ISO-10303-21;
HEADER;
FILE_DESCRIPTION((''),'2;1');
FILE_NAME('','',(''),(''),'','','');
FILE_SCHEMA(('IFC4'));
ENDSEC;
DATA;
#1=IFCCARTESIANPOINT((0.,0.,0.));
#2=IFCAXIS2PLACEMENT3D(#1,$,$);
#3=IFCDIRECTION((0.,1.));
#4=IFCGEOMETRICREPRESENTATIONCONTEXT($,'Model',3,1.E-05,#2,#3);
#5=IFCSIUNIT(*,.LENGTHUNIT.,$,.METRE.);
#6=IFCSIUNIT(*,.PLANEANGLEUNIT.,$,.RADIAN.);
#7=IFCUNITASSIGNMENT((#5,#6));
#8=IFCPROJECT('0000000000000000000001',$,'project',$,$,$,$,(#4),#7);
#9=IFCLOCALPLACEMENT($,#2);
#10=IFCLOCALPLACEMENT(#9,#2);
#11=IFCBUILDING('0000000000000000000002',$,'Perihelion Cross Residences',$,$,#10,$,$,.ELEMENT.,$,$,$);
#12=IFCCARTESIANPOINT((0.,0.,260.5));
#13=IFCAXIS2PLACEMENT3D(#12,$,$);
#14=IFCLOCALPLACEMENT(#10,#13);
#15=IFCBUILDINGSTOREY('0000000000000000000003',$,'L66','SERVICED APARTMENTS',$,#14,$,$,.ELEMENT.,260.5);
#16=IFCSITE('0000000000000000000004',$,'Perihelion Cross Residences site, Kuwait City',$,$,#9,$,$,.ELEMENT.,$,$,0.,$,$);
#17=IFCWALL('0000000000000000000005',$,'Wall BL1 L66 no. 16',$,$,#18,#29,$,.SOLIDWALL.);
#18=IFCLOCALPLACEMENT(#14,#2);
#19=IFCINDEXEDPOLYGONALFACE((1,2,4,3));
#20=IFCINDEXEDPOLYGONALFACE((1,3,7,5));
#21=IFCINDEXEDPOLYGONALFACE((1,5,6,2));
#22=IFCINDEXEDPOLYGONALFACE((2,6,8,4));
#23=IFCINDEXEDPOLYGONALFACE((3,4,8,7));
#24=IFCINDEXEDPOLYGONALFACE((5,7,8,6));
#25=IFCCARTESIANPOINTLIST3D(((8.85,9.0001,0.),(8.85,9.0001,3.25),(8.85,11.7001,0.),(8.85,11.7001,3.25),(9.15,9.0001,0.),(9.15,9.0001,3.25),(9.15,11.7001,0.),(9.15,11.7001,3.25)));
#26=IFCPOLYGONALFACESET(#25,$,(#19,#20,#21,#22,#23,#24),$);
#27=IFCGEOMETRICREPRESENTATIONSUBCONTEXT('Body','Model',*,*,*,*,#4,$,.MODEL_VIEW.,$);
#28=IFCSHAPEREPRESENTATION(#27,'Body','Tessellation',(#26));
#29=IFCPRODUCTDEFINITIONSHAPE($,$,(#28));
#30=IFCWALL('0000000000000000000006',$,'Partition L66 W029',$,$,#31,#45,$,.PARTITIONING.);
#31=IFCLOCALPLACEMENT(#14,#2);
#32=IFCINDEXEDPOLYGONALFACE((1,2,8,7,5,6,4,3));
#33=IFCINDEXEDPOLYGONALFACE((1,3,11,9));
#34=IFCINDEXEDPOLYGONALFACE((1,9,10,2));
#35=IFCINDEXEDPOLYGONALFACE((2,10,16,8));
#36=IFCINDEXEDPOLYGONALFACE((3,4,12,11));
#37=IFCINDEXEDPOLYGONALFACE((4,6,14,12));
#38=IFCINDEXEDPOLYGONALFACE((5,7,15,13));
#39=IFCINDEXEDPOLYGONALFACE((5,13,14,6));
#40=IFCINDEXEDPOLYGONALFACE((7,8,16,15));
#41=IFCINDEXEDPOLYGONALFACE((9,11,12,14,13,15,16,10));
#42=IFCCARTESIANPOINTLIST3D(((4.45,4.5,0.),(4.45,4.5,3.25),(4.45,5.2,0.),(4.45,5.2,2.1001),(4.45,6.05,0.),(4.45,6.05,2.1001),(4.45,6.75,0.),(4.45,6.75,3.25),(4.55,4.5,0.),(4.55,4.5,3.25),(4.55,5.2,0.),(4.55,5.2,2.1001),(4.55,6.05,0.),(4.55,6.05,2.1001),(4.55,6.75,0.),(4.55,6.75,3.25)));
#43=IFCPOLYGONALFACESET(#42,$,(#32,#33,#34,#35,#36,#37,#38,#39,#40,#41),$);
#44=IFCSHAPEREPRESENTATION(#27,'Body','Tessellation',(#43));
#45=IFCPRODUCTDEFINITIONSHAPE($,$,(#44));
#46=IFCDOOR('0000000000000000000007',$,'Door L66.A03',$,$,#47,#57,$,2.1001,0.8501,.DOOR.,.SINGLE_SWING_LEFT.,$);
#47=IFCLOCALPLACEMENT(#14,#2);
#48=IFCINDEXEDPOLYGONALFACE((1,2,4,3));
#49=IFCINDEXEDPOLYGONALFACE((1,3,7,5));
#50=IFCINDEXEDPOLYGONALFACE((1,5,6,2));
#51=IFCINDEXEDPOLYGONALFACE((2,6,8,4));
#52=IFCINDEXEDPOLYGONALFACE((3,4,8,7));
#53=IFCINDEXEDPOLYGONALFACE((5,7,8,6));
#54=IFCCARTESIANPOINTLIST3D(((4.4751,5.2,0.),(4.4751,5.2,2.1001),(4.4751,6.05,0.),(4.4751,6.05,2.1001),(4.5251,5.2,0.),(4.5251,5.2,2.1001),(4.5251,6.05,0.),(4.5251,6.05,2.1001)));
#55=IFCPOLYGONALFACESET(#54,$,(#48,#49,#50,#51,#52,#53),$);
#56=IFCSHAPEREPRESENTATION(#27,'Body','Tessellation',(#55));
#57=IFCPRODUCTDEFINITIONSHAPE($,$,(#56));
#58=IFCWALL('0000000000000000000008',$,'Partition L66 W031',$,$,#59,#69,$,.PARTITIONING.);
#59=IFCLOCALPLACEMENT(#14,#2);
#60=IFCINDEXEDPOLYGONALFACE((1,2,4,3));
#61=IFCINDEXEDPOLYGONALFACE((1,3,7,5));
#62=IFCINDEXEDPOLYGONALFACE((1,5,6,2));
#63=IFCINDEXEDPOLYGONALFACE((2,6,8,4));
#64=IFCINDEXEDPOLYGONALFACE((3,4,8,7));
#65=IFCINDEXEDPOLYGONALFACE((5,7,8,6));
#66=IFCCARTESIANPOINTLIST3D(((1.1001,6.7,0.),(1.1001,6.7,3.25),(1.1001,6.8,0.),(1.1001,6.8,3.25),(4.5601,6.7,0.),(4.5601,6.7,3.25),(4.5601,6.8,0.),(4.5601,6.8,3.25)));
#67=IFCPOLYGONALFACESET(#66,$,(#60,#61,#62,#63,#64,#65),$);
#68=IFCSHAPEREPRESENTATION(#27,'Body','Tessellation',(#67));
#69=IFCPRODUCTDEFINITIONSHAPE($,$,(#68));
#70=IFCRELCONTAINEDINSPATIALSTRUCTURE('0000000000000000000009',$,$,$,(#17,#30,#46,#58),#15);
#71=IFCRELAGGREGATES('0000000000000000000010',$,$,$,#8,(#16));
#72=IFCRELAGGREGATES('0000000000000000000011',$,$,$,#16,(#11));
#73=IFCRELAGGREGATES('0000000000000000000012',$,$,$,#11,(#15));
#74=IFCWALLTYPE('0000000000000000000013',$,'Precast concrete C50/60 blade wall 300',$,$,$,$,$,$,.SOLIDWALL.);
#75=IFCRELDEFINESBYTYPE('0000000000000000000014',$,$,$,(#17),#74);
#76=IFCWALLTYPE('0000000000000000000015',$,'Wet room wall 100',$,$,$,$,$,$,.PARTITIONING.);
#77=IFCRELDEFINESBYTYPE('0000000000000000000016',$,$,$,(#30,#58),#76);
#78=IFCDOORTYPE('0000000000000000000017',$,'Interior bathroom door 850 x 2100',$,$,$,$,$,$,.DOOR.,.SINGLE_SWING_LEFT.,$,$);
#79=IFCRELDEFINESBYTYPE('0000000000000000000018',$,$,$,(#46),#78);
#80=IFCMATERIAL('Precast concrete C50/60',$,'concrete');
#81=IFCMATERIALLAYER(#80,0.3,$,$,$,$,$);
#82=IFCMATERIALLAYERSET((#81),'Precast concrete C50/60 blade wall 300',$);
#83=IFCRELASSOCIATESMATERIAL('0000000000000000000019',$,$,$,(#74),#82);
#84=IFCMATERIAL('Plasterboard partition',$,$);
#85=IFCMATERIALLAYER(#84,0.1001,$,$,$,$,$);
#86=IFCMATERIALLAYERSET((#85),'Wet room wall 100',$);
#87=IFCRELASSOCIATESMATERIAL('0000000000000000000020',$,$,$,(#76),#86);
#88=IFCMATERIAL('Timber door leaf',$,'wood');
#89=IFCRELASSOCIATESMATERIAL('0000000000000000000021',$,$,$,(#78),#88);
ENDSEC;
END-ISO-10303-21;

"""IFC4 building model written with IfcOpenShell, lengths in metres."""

from ifc_helpers import new_model, si_unit, direction, frame, frame_2d, origin, place, context, subcontext, project, spatial, rectangle, extrude, material, layer, layer_set, type_object, element, fill, save


model = new_model("IFC4")

# Units and contexts
model_context = context("Model", 3, precision=1e-05, world=origin(), true_north=direction((0.0, 1.0)))
body_context = subcontext(model_context, "Body", "Model", "MODEL_VIEW")
ifc_project = project(units=[si_unit("LENGTHUNIT", "METRE"), si_unit("PLANEANGLEUNIT", "RADIAN")], contexts=[model_context])

# Site, building, storey
site_placement = place(None, origin())
site = spatial("IfcSite", under=ifc_project, at=site_placement, Name="Perihelion Cross Residences site, Kuwait City", CompositionType="ELEMENT", RefElevation=0.0)
building_placement = place(site_placement, origin())
building = spatial("IfcBuilding", under=site, at=building_placement, Name="Perihelion Cross Residences", CompositionType="ELEMENT")
storey_placement = place(building_placement, frame((0.0, 0.0, 260.5)))
storey = spatial("IfcBuildingStorey", under=building, at=storey_placement, Name="L66", Description="SERVICED APARTMENTS", CompositionType="ELEMENT", Elevation=260.5)

# Wall
ifc_material_1 = material(Name="Precast concrete C50/60", Category="concrete")
ifc_layer_1 = layer(ifc_material_1, 0.3)
ifc_layer_set_1 = layer_set([ifc_layer_1], Name="Precast concrete C50/60 blade wall 300")
wall_type_1 = type_object("IfcWallType", Name="Precast concrete C50/60 blade wall 300", PredefinedType="SOLIDWALL", material=ifc_layer_set_1)
for number, where, z_axis, x_axis, name in (
    (1, (9.0, 9.0, 0.0), (0.0, 0.0, 1.0), (0.0, 1.0, 0.0), "Wall BL1 L66 no. 16"),
):
    element("IfcWall", number, at=place(storey_placement, frame(where, z_axis=z_axis, x_axis=x_axis)), inside=storey, type_object=wall_type_1, Name=name, PredefinedType="SOLIDWALL", context=body_context, shape_type="SweptSolid", body=[
        extrude(rectangle(XDim=2.7, YDim=0.3, at=frame_2d((1.3501, 0.0))), origin(), (0.0, 0.0, 1.0), 3.25),
    ])

# Wall, opening, door
ifc_material_2 = material(Name="Plasterboard partition")
ifc_layer_2 = layer(ifc_material_2, 0.1001)
ifc_layer_set_2 = layer_set([ifc_layer_2], Name="Wet room wall 100")
wall_type_2 = type_object("IfcWallType", Name="Wet room wall 100", PredefinedType="PARTITIONING", material=ifc_layer_set_2)
wall_1_placement = place(storey_placement, frame((4.5, 4.5, 0.0), z_axis=(0.0, 0.0, 1.0), x_axis=(0.0, 1.0, 0.0)))
wall_1 = element("IfcWall", 2, at=wall_1_placement, inside=storey, type_object=wall_type_2, Name="Partition L66 W029", PredefinedType="PARTITIONING", context=body_context, shape_type="SweptSolid", body=[
    extrude(rectangle(XDim=2.25, YDim=0.1001, at=frame_2d((1.125, 0.0))), origin(), (0.0, 0.0, 1.0), 3.25),
])
opening_1_placement = place(wall_1_placement, frame((0.7, 0.0, 0.0)))
opening_1 = element("IfcOpeningElement", 3, at=opening_1_placement, cuts=wall_1, PredefinedType="OPENING", context=body_context, shape_type="SweptSolid", body=[
    extrude(rectangle(XDim=0.8501, YDim=2.1001, at=frame_2d((0.425, 1.05))), frame((0.0, 0.0601, 0.0), z_axis=(0.0, -1.0, 0.0), x_axis=(1.0, 0.0, 0.0)), (0.0, 0.0, 1.0), 0.1201),
])
ifc_material_3 = material(Name="Timber door leaf", Category="wood")
door_type_1 = type_object("IfcDoorType", Name="Interior bathroom door 850 x 2100", OperationType="SINGLE_SWING_LEFT", PredefinedType="DOOR", material=ifc_material_3)
door_1_placement = place(opening_1_placement, origin())
door_1 = element("IfcDoor", 4, at=door_1_placement, inside=storey, type_object=door_type_1, Name="Door L66.A03", OperationType="SINGLE_SWING_LEFT", OverallHeight=2.1001, OverallWidth=0.8501, PredefinedType="DOOR", context=body_context, shape_type="SweptSolid", body=[
    extrude(rectangle(XDim=0.8501, YDim=2.1001, at=frame_2d((0.425, 1.05))), frame((0.0, 0.0249, 0.0), z_axis=(0.0, -1.0, 0.0), x_axis=(1.0, 0.0, 0.0)), (0.0, 0.0, 1.0), 0.05),
])
fill(opening_1, door_1)

# Wall
wall_2_placement = place(storey_placement, frame((1.1001, 6.75, 0.0), z_axis=(0.0, 0.0, 1.0), x_axis=(1.0, 0.0, 0.0)))
element("IfcWall", 5, at=wall_2_placement, inside=storey, type_object=wall_type_2, Name="Partition L66 W031", PredefinedType="PARTITIONING", context=body_context, shape_type="SweptSolid", body=[
    extrude(rectangle(XDim=3.46, YDim=0.1001, at=frame_2d((1.73, 0.0))), origin(), (0.0, 0.0, 1.0), 3.25),
])

save(model, "model.ifc")
